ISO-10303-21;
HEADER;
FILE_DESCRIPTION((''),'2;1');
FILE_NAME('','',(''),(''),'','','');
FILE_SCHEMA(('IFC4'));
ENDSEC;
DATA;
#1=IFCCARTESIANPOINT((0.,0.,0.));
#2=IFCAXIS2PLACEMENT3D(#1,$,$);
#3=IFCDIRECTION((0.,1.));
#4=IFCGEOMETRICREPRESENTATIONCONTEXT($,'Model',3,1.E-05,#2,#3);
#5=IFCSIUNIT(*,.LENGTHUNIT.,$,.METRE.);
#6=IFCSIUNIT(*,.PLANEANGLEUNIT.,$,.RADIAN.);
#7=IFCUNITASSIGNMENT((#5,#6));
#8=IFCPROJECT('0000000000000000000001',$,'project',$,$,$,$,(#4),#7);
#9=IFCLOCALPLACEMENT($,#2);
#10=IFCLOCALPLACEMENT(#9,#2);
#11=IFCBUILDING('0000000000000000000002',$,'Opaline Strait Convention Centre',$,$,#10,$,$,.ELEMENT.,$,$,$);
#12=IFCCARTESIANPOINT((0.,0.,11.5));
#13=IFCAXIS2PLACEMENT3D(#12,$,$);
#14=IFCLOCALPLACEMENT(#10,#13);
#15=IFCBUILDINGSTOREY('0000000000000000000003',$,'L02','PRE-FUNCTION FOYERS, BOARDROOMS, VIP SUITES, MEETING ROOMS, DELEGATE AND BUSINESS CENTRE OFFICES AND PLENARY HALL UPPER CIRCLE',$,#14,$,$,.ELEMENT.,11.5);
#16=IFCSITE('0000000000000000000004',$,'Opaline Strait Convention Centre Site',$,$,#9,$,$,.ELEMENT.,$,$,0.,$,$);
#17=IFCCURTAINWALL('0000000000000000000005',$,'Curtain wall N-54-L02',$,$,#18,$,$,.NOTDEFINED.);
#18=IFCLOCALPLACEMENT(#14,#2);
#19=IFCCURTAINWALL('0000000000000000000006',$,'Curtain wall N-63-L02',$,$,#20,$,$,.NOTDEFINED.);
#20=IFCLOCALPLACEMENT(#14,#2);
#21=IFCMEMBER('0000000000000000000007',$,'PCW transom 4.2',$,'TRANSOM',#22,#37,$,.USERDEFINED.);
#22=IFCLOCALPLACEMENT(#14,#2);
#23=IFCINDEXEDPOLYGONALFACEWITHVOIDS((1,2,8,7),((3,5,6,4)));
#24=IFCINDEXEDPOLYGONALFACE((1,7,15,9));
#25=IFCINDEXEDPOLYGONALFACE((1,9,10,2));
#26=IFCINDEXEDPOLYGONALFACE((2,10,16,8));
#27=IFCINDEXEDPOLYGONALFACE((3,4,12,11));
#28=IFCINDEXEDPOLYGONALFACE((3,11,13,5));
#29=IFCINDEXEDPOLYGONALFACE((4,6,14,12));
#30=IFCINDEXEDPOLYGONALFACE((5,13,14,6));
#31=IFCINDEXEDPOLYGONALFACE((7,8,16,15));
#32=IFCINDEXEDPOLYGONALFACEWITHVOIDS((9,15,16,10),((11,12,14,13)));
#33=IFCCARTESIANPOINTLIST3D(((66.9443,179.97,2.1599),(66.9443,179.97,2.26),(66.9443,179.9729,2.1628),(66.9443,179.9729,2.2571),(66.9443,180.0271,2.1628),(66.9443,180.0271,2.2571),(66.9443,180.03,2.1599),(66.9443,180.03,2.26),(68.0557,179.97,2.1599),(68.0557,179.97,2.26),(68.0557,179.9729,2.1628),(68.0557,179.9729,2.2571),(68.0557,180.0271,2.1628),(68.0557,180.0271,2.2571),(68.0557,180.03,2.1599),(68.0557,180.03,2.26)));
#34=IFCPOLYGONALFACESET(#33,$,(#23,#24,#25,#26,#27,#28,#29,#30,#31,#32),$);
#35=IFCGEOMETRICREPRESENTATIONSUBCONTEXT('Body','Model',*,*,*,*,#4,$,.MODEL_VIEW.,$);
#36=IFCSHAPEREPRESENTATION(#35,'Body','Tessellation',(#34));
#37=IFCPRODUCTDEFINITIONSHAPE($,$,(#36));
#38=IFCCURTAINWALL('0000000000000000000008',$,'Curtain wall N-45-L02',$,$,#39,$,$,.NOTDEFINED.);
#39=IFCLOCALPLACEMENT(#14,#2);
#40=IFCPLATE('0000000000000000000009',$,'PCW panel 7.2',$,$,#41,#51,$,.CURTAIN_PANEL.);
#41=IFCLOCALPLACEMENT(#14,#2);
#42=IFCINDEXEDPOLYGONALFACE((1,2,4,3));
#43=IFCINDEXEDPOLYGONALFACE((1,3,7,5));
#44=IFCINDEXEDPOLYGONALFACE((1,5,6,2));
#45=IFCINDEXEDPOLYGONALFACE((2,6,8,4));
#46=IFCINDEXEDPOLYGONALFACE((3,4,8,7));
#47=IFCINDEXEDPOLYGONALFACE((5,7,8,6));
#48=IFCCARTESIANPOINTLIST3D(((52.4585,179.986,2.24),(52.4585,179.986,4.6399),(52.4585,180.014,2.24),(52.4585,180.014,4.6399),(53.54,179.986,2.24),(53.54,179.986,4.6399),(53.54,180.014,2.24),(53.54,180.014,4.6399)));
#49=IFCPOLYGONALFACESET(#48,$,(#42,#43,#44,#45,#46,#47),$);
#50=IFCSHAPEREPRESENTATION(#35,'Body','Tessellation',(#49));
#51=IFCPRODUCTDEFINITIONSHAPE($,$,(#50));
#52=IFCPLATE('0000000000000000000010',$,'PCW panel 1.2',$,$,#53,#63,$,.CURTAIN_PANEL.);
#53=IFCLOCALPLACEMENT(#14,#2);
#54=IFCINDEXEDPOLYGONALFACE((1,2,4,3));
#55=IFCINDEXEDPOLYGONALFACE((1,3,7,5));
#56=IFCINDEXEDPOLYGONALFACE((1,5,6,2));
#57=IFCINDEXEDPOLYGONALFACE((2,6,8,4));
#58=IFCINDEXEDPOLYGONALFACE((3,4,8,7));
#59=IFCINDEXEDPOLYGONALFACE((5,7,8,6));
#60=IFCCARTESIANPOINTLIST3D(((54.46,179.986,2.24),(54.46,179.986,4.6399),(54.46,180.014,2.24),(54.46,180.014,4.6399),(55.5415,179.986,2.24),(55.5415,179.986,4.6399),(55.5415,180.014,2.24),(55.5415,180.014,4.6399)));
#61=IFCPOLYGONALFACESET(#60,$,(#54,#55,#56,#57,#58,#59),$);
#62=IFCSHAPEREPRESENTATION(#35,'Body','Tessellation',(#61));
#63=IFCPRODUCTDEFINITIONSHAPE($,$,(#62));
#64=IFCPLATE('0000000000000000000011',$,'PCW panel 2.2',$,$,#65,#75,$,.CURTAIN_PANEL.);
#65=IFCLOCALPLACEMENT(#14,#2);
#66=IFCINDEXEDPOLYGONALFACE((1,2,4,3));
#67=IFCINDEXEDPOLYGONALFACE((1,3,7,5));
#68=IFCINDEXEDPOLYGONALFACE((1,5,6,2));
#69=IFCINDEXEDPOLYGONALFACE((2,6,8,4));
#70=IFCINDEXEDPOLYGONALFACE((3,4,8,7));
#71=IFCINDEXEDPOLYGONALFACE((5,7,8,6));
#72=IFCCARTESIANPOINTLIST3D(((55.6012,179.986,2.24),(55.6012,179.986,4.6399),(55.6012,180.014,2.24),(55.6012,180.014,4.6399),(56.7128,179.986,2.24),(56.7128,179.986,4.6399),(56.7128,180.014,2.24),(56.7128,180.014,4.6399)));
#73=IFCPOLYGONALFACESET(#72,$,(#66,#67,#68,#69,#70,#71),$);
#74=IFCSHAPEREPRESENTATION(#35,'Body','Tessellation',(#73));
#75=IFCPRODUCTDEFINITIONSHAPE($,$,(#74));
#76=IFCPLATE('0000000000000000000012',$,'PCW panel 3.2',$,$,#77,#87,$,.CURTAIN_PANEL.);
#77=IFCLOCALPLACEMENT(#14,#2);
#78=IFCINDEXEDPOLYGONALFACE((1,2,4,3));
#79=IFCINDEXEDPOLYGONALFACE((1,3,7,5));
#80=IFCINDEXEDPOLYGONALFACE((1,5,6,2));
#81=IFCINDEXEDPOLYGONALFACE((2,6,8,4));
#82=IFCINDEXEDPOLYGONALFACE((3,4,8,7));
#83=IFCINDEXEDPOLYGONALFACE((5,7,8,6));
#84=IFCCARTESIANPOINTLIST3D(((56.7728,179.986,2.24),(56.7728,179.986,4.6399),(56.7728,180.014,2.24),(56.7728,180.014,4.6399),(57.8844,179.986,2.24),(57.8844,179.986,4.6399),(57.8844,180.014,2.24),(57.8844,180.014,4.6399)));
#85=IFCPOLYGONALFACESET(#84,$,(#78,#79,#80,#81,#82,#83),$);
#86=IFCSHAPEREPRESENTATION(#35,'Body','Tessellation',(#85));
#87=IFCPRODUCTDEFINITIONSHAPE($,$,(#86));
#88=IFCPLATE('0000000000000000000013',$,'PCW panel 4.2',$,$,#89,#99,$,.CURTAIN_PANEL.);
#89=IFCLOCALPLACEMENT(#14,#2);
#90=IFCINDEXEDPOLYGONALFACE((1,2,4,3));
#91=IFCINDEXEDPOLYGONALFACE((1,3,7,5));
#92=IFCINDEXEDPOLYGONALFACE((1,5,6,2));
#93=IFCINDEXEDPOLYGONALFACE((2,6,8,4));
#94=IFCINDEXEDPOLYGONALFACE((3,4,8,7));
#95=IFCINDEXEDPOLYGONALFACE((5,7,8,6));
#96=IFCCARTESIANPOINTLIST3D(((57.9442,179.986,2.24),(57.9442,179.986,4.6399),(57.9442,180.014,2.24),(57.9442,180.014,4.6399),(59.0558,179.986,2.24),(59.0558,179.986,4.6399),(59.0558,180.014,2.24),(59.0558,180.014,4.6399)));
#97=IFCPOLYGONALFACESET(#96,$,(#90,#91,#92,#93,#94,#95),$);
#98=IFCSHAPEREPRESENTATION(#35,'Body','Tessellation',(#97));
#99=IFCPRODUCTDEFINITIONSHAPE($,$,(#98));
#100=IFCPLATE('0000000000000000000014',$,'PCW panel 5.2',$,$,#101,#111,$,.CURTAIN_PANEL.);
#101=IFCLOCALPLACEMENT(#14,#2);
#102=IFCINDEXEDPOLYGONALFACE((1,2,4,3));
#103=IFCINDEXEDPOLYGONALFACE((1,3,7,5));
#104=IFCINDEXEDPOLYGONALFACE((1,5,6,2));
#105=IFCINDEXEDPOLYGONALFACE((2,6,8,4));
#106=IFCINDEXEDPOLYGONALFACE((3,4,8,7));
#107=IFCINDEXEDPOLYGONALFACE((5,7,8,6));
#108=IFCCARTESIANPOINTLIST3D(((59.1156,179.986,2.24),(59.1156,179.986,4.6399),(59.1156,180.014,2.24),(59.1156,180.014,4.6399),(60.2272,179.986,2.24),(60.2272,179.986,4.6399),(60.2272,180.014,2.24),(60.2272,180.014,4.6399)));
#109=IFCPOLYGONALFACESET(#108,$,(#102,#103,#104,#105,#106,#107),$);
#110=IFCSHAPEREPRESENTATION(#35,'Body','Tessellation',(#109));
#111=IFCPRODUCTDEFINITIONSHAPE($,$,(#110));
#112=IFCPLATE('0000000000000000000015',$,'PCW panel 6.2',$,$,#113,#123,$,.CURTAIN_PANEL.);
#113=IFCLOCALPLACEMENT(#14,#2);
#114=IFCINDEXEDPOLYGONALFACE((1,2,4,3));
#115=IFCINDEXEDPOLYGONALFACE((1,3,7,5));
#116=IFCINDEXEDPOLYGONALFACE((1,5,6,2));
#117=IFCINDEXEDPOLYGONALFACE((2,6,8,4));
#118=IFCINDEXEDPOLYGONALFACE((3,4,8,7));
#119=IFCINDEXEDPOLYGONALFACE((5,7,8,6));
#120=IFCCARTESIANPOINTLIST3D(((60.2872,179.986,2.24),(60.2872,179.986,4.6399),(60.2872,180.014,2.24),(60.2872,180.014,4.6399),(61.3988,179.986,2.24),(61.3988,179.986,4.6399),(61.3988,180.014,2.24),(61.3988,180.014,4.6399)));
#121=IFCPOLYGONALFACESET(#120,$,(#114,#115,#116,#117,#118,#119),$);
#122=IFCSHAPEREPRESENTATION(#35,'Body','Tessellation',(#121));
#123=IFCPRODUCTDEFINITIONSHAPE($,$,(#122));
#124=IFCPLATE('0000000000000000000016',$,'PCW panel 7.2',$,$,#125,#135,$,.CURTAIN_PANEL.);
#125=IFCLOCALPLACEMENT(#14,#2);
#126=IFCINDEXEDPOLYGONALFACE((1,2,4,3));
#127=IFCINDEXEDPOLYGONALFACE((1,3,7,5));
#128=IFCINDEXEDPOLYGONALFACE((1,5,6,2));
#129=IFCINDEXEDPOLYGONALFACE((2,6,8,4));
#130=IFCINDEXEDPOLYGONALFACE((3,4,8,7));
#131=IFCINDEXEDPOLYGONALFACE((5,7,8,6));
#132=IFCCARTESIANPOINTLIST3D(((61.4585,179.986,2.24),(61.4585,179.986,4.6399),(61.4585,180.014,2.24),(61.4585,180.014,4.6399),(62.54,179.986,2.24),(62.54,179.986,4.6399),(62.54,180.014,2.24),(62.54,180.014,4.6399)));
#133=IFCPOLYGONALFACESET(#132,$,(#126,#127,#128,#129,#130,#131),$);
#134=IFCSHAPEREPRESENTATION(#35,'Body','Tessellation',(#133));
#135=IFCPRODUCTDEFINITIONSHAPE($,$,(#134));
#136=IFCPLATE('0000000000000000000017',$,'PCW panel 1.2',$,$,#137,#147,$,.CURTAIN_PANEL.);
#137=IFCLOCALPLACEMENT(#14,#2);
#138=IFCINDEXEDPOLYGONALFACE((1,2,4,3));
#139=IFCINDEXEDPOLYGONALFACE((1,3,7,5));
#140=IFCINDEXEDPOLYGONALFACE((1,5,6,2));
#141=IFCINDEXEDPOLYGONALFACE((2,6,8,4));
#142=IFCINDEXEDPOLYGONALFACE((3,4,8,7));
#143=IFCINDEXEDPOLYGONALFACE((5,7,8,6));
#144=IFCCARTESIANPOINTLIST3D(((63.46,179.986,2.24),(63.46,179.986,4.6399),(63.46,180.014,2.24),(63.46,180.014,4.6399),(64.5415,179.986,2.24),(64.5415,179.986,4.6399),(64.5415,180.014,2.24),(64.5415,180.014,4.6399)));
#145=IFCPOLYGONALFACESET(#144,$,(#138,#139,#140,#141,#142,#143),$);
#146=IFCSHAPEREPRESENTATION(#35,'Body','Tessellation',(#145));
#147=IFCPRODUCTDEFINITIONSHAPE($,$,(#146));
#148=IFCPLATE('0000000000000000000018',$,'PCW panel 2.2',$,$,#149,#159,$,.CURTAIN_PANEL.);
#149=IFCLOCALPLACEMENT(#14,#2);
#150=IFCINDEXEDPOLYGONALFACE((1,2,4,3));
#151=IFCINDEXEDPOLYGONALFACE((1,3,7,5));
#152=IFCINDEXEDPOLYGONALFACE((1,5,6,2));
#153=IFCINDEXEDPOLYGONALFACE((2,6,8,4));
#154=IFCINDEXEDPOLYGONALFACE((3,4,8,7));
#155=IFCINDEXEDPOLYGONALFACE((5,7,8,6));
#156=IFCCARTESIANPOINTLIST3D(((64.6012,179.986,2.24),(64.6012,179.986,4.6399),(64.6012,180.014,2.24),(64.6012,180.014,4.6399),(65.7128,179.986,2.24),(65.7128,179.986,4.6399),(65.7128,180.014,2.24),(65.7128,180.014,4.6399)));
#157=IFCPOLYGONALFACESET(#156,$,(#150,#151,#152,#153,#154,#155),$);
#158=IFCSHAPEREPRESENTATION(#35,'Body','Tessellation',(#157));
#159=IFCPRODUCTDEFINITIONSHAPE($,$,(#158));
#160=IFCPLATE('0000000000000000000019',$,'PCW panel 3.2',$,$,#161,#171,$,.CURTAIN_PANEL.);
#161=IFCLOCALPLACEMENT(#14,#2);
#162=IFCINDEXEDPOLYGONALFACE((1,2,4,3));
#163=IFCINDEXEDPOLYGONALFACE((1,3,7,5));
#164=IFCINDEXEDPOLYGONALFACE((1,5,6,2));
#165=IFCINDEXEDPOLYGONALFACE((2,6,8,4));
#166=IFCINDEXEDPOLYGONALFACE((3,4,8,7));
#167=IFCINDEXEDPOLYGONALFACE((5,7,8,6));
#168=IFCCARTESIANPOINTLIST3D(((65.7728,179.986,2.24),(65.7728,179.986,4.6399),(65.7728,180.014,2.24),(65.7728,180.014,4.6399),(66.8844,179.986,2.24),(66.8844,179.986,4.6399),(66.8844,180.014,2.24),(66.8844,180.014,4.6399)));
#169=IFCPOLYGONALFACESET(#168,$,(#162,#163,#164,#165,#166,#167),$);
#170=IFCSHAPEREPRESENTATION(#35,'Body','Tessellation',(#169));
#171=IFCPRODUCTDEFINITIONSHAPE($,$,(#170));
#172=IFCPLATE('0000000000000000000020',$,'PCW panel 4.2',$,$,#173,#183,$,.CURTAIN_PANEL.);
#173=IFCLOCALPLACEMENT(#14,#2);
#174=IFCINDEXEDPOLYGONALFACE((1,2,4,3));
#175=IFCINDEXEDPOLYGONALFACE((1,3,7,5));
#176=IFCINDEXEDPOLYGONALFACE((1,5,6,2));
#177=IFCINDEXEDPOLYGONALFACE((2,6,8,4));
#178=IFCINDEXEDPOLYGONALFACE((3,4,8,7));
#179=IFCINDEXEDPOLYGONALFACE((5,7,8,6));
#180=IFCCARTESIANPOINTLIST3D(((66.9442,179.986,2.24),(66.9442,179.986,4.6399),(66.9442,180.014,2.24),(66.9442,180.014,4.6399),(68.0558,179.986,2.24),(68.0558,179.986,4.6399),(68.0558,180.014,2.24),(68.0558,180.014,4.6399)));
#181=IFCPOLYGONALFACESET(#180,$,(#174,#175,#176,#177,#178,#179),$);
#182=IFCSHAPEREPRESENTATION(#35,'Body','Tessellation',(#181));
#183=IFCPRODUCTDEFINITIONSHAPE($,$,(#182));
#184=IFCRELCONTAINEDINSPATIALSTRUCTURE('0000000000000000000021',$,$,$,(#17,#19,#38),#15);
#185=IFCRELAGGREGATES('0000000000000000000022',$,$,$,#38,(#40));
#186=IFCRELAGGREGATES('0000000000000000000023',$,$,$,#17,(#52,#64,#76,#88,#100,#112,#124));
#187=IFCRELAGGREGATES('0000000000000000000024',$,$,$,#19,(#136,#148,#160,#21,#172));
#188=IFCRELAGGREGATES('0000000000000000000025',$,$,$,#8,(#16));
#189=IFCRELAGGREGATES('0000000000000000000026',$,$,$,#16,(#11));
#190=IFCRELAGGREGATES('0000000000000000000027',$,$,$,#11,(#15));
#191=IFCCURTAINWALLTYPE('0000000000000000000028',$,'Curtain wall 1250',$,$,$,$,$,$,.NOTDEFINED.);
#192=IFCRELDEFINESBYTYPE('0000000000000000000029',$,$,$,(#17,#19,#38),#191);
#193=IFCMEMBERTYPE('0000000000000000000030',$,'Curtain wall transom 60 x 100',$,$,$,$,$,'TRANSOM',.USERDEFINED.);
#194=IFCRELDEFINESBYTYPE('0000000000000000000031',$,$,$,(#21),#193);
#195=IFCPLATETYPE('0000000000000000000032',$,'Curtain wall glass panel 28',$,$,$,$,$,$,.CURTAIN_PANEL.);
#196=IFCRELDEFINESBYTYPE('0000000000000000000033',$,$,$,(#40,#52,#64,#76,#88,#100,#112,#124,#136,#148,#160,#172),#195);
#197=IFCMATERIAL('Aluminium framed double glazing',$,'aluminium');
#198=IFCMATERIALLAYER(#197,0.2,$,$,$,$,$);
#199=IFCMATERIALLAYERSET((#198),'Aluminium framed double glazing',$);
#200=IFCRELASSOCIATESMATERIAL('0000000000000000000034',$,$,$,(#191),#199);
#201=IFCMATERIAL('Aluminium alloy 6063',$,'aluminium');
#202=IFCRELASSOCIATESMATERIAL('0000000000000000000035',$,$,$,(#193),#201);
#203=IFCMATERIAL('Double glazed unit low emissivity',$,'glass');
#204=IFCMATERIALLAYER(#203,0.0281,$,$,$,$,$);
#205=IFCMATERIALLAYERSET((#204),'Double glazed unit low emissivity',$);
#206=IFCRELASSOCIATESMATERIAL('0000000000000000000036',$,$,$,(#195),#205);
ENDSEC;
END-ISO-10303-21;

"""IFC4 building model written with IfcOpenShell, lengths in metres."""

from ifc_helpers import new_model, si_unit, direction, frame, origin, origin_2d, place, context, subcontext, project, spatial, rectangle, hollow_rectangle, extrude, material, layer, layer_set, material_profile, profile_set, type_object, element, aggregate, save


model = new_model("IFC4")

# Units and contexts
model_context = context("Model", 3, precision=1e-05, world=origin(), true_north=direction((0.0, 1.0)))
body_context = subcontext(model_context, "Body", "Model", "MODEL_VIEW")
ifc_project = project(units=[si_unit("LENGTHUNIT", "METRE"), si_unit("PLANEANGLEUNIT", "RADIAN")], contexts=[model_context])

# Site, building, storey
site_placement = place(None, origin())
site = spatial("IfcSite", under=ifc_project, at=site_placement, Name="Opaline Strait Convention Centre Site", CompositionType="ELEMENT", RefElevation=0.0)
building_placement = place(site_placement, origin())
building = spatial("IfcBuilding", under=site, at=building_placement, Name="Opaline Strait Convention Centre", CompositionType="ELEMENT")
storey_placement = place(building_placement, frame((0.0, 0.0, 11.5)))
storey = spatial("IfcBuildingStorey", under=building, at=storey_placement, Name="L02", Description="PRE-FUNCTION FOYERS, BOARDROOMS, VIP SUITES, MEETING ROOMS, DELEGATE AND BUSINESS CENTRE OFFICES AND PLENARY HALL UPPER CIRCLE", CompositionType="ELEMENT", Elevation=11.5)

# Curtain walls, member
ifc_material_1 = material(Name="Aluminium framed double glazing", Category="aluminium")
ifc_layer_1 = layer(ifc_material_1, 0.2)
ifc_layer_set_1 = layer_set([ifc_layer_1], Name="Aluminium framed double glazing")
curtain_wall_type = type_object("IfcCurtainWallType", Name="Curtain wall 1250", PredefinedType="NOTDEFINED", material=ifc_layer_set_1)
curtain_wall_1_placement = place(storey_placement, origin())
curtain_wall_1 = element("IfcCurtainWall", 1, at=curtain_wall_1_placement, inside=storey, type_object=curtain_wall_type, Name="Curtain wall N-54-L02", PredefinedType="NOTDEFINED")
ifc_material_2 = material(Name="Aluminium alloy 6063", Category="aluminium")
ifc_material_profile = material_profile(ifc_material_2, hollow_rectangle(XDim=0.0601, YDim=0.1001, WallThickness=0.0029, at=origin_2d()), Name="TRANSOM 60x100x3")
ifc_profile_set = profile_set([ifc_material_profile], Name="Aluminium alloy 6063")
member_type = type_object("IfcMemberType", Name="Curtain wall transom 60 x 100", ElementType="TRANSOM", PredefinedType="USERDEFINED", material=ifc_profile_set)
curtain_wall_2_placement = place(storey_placement, origin())
curtain_wall_2 = element("IfcCurtainWall", 2, at=curtain_wall_2_placement, inside=storey, type_object=curtain_wall_type, Name="Curtain wall N-63-L02", PredefinedType="NOTDEFINED")
member_1_placement = place(storey_placement, frame((66.9443, 180.0, 2.21), z_axis=(1.0, 0.0, 0.0), x_axis=(0.0, 1.0, 0.0)))
member_1 = element("IfcMember", 3, at=member_1_placement, type_object=member_type, Name="PCW transom 4.2", ObjectType="TRANSOM", PredefinedType="USERDEFINED", context=body_context, shape_type="SweptSolid", body=[
    extrude(hollow_rectangle(XDim=0.0601, YDim=0.1001, WallThickness=0.0029, at=origin_2d()), origin(), (0.0, 0.0, 1.0), 1.1113),
])

# Curtain wall, plate
curtain_wall_3_placement = place(storey_placement, origin())
curtain_wall_3 = element("IfcCurtainWall", 4, at=curtain_wall_3_placement, inside=storey, type_object=curtain_wall_type, Name="Curtain wall N-45-L02", PredefinedType="NOTDEFINED")
ifc_material_3 = material(Name="Double glazed unit low emissivity", Category="glass")
ifc_layer_2 = layer(ifc_material_3, 0.0281)
ifc_layer_set_2 = layer_set([ifc_layer_2], Name="Double glazed unit low emissivity")
plate_type = type_object("IfcPlateType", Name="Curtain wall glass panel 28", PredefinedType="CURTAIN_PANEL", material=ifc_layer_set_2)
plate_1_placement = place(storey_placement, frame((52.9993, 180.0, 2.24), z_axis=(0.0, 0.0, 1.0), x_axis=(1.0, 0.0, 0.0)))
plate_1 = element("IfcPlate", 5, at=plate_1_placement, type_object=plate_type, Name="PCW panel 7.2", PredefinedType="CURTAIN_PANEL", context=body_context, shape_type="SweptSolid", body=[
    extrude(rectangle(XDim=1.0815, YDim=0.0281, at=origin_2d()), origin(), (0.0, 0.0, 1.0), 2.3999),
])
aggregate(curtain_wall_3, [plate_1])

# Plates
plate_2_placement = place(storey_placement, frame((55.0007, 180.0, 2.24), z_axis=(0.0, 0.0, 1.0), x_axis=(1.0, 0.0, 0.0)))
plate_2 = element("IfcPlate", 6, at=plate_2_placement, type_object=plate_type, Name="PCW panel 1.2", PredefinedType="CURTAIN_PANEL", context=body_context, shape_type="SweptSolid", body=[
    extrude(rectangle(XDim=1.0815, YDim=0.0281, at=origin_2d()), origin(), (0.0, 0.0, 1.0), 2.3999),
])
plate_3_placement = place(storey_placement, frame((56.157, 180.0, 2.24), z_axis=(0.0, 0.0, 1.0), x_axis=(1.0, 0.0, 0.0)))
plate_3 = element("IfcPlate", 7, at=plate_3_placement, type_object=plate_type, Name="PCW panel 2.2", PredefinedType="CURTAIN_PANEL", context=body_context, shape_type="SweptSolid", body=[
    extrude(rectangle(XDim=1.1116, YDim=0.0281, at=origin_2d()), origin(), (0.0, 0.0, 1.0), 2.3999),
])
plate_4_placement = place(storey_placement, frame((57.3286, 180.0, 2.24), z_axis=(0.0, 0.0, 1.0), x_axis=(1.0, 0.0, 0.0)))
plate_4 = element("IfcPlate", 8, at=plate_4_placement, type_object=plate_type, Name="PCW panel 3.2", PredefinedType="CURTAIN_PANEL", context=body_context, shape_type="SweptSolid", body=[
    extrude(rectangle(XDim=1.1116, YDim=0.0281, at=origin_2d()), origin(), (0.0, 0.0, 1.0), 2.3999),
])
plate_5_placement = place(storey_placement, frame((58.5, 180.0, 2.24), z_axis=(0.0, 0.0, 1.0), x_axis=(1.0, 0.0, 0.0)))
plate_5 = element("IfcPlate", 9, at=plate_5_placement, type_object=plate_type, Name="PCW panel 4.2", PredefinedType="CURTAIN_PANEL", context=body_context, shape_type="SweptSolid", body=[
    extrude(rectangle(XDim=1.1116, YDim=0.0281, at=origin_2d()), origin(), (0.0, 0.0, 1.0), 2.3999),
])
plate_6_placement = place(storey_placement, frame((59.6714, 180.0, 2.24), z_axis=(0.0, 0.0, 1.0), x_axis=(1.0, 0.0, 0.0)))
plate_6 = element("IfcPlate", 10, at=plate_6_placement, type_object=plate_type, Name="PCW panel 5.2", PredefinedType="CURTAIN_PANEL", context=body_context, shape_type="SweptSolid", body=[
    extrude(rectangle(XDim=1.1116, YDim=0.0281, at=origin_2d()), origin(), (0.0, 0.0, 1.0), 2.3999),
])
plate_7_placement = place(storey_placement, frame((60.843, 180.0, 2.24), z_axis=(0.0, 0.0, 1.0), x_axis=(1.0, 0.0, 0.0)))
plate_7 = element("IfcPlate", 11, at=plate_7_placement, type_object=plate_type, Name="PCW panel 6.2", PredefinedType="CURTAIN_PANEL", context=body_context, shape_type="SweptSolid", body=[
    extrude(rectangle(XDim=1.1116, YDim=0.0281, at=origin_2d()), origin(), (0.0, 0.0, 1.0), 2.3999),
])
plate_8_placement = place(storey_placement, frame((61.9993, 180.0, 2.24), z_axis=(0.0, 0.0, 1.0), x_axis=(1.0, 0.0, 0.0)))
plate_8 = element("IfcPlate", 12, at=plate_8_placement, type_object=plate_type, Name="PCW panel 7.2", PredefinedType="CURTAIN_PANEL", context=body_context, shape_type="SweptSolid", body=[
    extrude(rectangle(XDim=1.0815, YDim=0.0281, at=origin_2d()), origin(), (0.0, 0.0, 1.0), 2.3999),
])
aggregate(curtain_wall_1, [plate_2, plate_3, plate_4, plate_5, plate_6, plate_7, plate_8])
plate_9_placement = place(storey_placement, frame((64.0007, 180.0, 2.24), z_axis=(0.0, 0.0, 1.0), x_axis=(1.0, 0.0, 0.0)))
plate_9 = element("IfcPlate", 13, at=plate_9_placement, type_object=plate_type, Name="PCW panel 1.2", PredefinedType="CURTAIN_PANEL", context=body_context, shape_type="SweptSolid", body=[
    extrude(rectangle(XDim=1.0815, YDim=0.0281, at=origin_2d()), origin(), (0.0, 0.0, 1.0), 2.3999),
])
plate_10_placement = place(storey_placement, frame((65.157, 180.0, 2.24), z_axis=(0.0, 0.0, 1.0), x_axis=(1.0, 0.0, 0.0)))
plate_10 = element("IfcPlate", 14, at=plate_10_placement, type_object=plate_type, Name="PCW panel 2.2", PredefinedType="CURTAIN_PANEL", context=body_context, shape_type="SweptSolid", body=[
    extrude(rectangle(XDim=1.1116, YDim=0.0281, at=origin_2d()), origin(), (0.0, 0.0, 1.0), 2.3999),
])
plate_11_placement = place(storey_placement, frame((66.3286, 180.0, 2.24), z_axis=(0.0, 0.0, 1.0), x_axis=(1.0, 0.0, 0.0)))
plate_11 = element("IfcPlate", 15, at=plate_11_placement, type_object=plate_type, Name="PCW panel 3.2", PredefinedType="CURTAIN_PANEL", context=body_context, shape_type="SweptSolid", body=[
    extrude(rectangle(XDim=1.1116, YDim=0.0281, at=origin_2d()), origin(), (0.0, 0.0, 1.0), 2.3999),
])
plate_12_placement = place(storey_placement, frame((67.5, 180.0, 2.24), z_axis=(0.0, 0.0, 1.0), x_axis=(1.0, 0.0, 0.0)))
plate_12 = element("IfcPlate", 16, at=plate_12_placement, type_object=plate_type, Name="PCW panel 4.2", PredefinedType="CURTAIN_PANEL", context=body_context, shape_type="SweptSolid", body=[
    extrude(rectangle(XDim=1.1116, YDim=0.0281, at=origin_2d()), origin(), (0.0, 0.0, 1.0), 2.3999),
])
aggregate(curtain_wall_2, [plate_9, plate_10, plate_11, member_1, plate_12])

save(model, "model.ifc")
